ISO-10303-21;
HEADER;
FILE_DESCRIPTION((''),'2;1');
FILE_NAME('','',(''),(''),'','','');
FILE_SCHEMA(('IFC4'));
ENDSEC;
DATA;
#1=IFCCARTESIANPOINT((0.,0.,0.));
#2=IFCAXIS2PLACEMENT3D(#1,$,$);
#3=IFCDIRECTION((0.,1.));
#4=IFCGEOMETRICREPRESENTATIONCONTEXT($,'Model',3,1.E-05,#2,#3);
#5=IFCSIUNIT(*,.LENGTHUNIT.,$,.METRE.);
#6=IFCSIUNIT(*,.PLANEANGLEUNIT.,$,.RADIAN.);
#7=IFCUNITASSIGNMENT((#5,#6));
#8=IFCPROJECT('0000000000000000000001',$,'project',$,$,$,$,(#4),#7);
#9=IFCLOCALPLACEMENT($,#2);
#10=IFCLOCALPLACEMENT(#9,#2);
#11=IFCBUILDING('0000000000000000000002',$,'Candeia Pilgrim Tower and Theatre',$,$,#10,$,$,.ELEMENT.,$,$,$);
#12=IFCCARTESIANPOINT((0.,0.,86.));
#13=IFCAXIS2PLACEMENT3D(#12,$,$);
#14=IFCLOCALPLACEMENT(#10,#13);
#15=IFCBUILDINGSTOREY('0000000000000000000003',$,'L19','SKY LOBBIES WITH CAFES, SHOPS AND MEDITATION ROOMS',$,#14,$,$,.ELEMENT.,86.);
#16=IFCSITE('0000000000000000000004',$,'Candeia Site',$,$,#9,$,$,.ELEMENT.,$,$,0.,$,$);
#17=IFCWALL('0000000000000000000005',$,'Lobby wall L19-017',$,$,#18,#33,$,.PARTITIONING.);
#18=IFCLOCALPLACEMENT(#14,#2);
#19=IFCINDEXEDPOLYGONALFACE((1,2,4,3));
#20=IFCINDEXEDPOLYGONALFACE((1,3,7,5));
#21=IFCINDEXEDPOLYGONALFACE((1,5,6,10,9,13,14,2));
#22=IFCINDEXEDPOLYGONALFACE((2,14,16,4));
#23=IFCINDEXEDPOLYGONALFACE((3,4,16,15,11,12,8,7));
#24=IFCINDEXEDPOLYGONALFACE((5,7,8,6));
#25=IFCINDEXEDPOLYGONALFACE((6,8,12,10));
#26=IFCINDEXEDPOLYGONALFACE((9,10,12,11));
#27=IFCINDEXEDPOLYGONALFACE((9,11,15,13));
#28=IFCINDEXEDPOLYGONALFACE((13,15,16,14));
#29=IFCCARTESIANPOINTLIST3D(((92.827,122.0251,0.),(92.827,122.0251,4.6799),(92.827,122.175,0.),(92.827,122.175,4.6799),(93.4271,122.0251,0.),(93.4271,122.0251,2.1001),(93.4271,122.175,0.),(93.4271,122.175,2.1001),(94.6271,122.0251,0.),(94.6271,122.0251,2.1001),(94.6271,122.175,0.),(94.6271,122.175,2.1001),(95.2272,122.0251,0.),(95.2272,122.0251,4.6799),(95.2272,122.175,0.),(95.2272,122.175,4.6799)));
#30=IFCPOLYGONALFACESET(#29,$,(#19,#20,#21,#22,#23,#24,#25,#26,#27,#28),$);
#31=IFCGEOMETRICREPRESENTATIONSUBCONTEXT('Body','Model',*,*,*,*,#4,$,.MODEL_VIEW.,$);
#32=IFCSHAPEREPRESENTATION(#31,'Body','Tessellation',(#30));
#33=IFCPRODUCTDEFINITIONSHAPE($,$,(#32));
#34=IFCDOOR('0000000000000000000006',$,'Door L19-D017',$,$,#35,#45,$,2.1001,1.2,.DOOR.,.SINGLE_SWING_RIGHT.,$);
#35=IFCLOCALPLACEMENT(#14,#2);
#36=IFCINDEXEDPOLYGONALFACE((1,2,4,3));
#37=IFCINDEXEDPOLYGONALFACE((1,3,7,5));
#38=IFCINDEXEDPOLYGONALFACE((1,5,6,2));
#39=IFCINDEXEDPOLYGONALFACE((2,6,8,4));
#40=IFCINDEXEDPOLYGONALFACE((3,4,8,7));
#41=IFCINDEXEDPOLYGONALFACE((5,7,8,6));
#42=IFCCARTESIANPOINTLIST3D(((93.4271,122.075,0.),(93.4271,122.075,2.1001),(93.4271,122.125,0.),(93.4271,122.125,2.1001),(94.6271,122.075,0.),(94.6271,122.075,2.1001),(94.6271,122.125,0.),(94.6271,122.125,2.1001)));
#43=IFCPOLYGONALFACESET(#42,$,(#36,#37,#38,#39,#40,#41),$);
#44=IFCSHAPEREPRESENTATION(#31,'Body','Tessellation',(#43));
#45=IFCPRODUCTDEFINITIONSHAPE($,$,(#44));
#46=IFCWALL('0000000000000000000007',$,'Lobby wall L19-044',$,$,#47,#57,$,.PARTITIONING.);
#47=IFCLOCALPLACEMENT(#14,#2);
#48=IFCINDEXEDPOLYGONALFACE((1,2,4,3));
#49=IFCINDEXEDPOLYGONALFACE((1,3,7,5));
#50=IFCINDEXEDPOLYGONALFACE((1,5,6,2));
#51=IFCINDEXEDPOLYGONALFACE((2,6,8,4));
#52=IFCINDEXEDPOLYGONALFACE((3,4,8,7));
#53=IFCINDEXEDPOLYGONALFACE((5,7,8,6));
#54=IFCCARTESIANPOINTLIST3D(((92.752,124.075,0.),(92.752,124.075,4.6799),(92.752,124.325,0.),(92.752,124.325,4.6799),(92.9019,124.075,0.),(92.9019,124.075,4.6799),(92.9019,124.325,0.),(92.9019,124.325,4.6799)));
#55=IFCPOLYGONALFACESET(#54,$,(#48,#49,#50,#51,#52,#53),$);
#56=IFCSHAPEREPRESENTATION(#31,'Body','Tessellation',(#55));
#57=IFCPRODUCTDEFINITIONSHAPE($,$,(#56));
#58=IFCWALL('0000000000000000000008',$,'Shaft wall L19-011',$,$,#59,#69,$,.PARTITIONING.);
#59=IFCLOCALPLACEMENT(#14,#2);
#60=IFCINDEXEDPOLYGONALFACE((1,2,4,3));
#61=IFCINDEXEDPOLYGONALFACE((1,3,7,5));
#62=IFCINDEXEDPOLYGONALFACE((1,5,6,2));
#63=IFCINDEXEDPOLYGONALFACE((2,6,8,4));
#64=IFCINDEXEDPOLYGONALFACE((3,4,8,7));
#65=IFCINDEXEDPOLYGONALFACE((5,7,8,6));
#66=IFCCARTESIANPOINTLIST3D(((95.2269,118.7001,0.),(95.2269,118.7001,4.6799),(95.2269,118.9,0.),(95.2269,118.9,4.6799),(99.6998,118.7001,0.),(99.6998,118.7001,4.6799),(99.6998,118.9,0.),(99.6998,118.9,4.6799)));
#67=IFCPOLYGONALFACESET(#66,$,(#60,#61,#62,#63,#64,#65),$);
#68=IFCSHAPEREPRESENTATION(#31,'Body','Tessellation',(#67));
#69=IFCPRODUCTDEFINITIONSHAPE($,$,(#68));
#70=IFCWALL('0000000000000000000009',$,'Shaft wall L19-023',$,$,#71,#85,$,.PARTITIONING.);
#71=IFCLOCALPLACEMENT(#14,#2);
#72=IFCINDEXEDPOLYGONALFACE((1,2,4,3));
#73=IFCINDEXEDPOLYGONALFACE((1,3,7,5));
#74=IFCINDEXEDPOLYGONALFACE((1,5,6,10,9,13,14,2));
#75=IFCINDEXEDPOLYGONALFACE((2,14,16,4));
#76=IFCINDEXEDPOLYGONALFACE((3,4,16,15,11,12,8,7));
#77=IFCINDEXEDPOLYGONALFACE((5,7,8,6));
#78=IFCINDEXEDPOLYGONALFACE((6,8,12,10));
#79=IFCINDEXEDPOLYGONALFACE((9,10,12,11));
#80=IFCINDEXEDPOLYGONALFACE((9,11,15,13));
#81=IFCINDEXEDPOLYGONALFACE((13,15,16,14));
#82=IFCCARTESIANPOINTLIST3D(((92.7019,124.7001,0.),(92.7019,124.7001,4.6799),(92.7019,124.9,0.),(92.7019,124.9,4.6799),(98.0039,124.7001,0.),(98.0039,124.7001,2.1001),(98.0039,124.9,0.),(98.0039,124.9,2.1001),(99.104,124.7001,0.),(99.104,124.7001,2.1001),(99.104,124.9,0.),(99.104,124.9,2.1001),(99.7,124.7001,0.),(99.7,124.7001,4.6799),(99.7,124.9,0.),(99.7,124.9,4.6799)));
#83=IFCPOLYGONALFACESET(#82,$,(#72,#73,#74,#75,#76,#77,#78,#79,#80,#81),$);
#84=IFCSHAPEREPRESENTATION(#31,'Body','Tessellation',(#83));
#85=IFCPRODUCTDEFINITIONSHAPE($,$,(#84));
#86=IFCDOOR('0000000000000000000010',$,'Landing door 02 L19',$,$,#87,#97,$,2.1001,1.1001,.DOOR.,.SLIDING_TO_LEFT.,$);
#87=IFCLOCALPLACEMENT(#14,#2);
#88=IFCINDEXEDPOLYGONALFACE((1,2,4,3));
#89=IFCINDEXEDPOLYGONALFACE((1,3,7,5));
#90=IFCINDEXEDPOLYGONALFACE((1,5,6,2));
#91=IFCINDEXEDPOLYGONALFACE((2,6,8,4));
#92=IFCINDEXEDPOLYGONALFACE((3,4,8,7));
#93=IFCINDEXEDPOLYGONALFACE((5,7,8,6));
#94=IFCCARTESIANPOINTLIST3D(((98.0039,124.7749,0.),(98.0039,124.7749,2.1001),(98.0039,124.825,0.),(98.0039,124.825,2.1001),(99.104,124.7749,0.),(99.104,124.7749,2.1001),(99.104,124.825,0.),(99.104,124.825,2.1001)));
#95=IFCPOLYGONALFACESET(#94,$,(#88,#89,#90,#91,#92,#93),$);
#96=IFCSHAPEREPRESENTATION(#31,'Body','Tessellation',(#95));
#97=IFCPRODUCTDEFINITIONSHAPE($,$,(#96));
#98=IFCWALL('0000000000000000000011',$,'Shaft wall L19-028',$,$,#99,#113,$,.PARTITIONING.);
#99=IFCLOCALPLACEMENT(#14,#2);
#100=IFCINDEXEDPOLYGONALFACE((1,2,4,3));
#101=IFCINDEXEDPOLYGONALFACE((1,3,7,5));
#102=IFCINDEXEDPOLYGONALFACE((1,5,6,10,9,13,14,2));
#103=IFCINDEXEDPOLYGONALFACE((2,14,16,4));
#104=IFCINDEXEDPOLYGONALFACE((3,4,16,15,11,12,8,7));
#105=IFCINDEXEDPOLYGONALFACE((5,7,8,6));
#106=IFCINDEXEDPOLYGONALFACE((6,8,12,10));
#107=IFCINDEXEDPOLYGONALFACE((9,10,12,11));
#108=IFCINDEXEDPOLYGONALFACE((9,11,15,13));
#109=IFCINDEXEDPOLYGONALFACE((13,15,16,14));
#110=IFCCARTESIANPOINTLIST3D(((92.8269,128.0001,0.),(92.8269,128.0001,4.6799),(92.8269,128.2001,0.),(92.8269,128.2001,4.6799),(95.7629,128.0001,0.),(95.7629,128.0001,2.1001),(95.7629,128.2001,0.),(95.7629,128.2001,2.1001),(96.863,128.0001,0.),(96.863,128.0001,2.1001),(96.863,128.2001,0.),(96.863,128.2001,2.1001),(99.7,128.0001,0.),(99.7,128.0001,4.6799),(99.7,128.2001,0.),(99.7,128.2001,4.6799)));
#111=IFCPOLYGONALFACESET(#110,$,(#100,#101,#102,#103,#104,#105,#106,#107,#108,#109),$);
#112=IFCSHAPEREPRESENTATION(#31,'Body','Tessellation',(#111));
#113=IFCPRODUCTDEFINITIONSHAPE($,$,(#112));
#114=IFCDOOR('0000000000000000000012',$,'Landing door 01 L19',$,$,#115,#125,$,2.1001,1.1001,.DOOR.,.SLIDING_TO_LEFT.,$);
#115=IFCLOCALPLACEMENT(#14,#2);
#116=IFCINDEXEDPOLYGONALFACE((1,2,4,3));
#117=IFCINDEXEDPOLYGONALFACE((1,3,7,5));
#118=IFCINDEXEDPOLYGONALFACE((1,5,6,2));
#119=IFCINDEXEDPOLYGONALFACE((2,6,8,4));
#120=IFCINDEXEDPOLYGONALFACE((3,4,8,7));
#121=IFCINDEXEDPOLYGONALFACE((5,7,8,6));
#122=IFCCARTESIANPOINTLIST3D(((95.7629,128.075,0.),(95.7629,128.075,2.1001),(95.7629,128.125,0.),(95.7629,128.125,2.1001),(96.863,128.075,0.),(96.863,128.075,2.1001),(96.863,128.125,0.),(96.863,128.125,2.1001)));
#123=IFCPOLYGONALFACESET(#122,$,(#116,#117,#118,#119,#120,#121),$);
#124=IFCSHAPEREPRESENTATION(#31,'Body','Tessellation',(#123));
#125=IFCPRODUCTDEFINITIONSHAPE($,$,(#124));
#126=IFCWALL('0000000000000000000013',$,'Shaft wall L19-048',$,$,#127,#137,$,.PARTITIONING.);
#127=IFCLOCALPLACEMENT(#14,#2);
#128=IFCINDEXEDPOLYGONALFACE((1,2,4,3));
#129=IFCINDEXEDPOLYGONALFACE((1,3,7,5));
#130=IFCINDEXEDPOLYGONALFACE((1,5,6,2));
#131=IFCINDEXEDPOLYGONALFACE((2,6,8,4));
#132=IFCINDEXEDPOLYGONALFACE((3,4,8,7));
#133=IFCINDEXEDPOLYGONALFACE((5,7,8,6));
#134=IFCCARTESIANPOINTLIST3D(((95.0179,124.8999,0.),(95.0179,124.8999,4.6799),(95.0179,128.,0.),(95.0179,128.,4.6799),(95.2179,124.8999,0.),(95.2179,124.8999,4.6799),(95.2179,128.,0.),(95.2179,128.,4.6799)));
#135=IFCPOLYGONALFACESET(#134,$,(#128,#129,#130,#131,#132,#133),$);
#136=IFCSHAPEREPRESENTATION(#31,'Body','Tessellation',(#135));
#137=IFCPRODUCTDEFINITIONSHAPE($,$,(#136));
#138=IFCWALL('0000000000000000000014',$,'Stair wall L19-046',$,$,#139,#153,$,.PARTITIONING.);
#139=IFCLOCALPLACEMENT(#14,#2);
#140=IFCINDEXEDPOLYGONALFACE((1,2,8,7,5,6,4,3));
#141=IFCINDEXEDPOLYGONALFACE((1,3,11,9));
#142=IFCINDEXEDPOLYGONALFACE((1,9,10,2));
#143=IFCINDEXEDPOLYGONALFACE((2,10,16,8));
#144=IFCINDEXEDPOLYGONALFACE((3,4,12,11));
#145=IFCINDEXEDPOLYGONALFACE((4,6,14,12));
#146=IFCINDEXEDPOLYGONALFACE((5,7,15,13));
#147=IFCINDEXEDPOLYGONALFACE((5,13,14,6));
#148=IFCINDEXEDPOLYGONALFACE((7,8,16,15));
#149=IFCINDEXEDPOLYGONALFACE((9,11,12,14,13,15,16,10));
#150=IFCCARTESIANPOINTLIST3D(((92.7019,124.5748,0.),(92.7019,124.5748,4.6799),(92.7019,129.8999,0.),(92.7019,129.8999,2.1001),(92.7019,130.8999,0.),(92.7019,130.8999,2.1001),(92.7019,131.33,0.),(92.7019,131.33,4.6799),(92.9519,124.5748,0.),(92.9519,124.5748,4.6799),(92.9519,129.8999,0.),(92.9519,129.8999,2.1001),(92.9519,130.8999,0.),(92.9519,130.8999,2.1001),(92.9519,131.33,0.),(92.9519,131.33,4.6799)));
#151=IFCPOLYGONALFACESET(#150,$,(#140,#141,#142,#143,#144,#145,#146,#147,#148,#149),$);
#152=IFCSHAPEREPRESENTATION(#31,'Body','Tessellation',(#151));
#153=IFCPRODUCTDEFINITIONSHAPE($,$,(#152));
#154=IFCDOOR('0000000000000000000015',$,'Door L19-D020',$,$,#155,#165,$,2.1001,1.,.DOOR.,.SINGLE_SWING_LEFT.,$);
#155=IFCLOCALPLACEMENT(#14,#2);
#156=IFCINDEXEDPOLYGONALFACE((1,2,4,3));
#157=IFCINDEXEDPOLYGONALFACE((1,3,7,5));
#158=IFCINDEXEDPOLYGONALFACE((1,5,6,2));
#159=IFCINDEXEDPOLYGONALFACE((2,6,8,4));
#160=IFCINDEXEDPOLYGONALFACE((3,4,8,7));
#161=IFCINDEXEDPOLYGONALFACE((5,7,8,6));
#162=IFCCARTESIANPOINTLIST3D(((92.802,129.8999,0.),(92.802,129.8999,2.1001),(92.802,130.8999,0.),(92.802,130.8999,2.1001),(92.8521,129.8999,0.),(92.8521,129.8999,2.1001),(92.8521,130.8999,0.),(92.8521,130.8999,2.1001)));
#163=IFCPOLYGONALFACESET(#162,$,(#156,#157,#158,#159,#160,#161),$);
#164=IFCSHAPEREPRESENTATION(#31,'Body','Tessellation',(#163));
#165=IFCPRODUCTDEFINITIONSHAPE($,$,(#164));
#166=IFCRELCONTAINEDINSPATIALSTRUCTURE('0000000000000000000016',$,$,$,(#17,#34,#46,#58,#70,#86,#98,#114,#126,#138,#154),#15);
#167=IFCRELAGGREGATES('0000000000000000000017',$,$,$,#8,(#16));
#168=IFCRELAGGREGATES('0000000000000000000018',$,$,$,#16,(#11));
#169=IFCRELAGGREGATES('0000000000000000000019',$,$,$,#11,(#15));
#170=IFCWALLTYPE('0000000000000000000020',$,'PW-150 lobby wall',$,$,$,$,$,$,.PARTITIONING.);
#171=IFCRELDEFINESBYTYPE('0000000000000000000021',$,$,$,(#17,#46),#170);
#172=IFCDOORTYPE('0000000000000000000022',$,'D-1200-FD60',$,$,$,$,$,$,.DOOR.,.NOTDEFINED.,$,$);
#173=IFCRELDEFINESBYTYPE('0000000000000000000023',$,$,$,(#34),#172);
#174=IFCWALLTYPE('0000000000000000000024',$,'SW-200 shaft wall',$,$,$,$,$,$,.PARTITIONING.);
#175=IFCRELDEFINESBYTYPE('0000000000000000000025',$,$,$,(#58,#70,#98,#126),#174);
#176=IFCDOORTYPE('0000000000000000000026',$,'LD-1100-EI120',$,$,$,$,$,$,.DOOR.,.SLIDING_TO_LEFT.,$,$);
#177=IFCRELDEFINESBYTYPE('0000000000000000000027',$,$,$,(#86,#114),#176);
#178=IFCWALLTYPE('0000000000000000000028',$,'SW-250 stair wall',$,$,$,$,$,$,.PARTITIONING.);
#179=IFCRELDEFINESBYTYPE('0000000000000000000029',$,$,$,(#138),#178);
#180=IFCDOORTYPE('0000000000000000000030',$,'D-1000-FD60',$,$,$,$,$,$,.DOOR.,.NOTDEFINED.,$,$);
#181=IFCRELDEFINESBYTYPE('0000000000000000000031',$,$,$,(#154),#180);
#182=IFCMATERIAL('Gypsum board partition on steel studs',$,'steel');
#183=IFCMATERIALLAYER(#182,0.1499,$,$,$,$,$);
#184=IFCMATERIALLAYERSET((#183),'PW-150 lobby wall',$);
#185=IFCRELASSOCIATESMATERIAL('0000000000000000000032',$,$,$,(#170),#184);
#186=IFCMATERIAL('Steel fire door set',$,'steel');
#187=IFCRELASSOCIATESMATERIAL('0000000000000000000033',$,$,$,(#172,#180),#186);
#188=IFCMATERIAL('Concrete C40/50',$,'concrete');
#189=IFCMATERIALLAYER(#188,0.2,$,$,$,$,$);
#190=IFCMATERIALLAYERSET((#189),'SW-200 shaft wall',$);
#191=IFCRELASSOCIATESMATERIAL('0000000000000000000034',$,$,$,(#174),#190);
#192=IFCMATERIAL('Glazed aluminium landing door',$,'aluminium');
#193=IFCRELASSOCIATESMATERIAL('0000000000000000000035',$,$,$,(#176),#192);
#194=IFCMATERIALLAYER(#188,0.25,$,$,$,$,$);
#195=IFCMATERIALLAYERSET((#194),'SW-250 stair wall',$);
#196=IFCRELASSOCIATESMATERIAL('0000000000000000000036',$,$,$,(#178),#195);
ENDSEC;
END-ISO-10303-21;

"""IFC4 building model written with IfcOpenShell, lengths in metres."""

from ifc_helpers import new_model, si_unit, direction, frame, frame_2d, origin, place, context, subcontext, project, spatial, rectangle, extrude, material, layer, layer_set, type_object, element, fill, save


model = new_model("IFC4")

# Units and contexts
model_context = context("Model", 3, precision=1e-05, world=origin(), true_north=direction((0.0, 1.0)))
body_context = subcontext(model_context, "Body", "Model", "MODEL_VIEW")
ifc_project = project(units=[si_unit("LENGTHUNIT", "METRE"), si_unit("PLANEANGLEUNIT", "RADIAN")], contexts=[model_context])

# Site, building, storey
site_placement = place(None, origin())
site = spatial("IfcSite", under=ifc_project, at=site_placement, Name="Candeia Site", CompositionType="ELEMENT", RefElevation=0.0)
building_placement = place(site_placement, origin())
building = spatial("IfcBuilding", under=site, at=building_placement, Name="Candeia Pilgrim Tower and Theatre", CompositionType="ELEMENT")
storey_placement = place(building_placement, frame((0.0, 0.0, 86.0)))
storey = spatial("IfcBuildingStorey", under=building, at=storey_placement, Name="L19", Description="SKY LOBBIES WITH CAFES, SHOPS AND MEDITATION ROOMS", CompositionType="ELEMENT", Elevation=86.0)

# Wall, opening, door
ifc_material_1 = material(Name="Gypsum board partition on steel studs", Category="steel")
ifc_layer_1 = layer(ifc_material_1, 0.1499)
ifc_layer_set_1 = layer_set([ifc_layer_1], Name="PW-150 lobby wall")
wall_type_1 = type_object("IfcWallType", Name="PW-150 lobby wall", PredefinedType="PARTITIONING", material=ifc_layer_set_1)
wall_1_placement = place(storey_placement, frame((92.8269, 122.1001, 0.0), z_axis=(0.0, 0.0, 1.0), x_axis=(1.0, 0.0, 0.0)))
wall_1 = element("IfcWall", 1, at=wall_1_placement, inside=storey, type_object=wall_type_1, Name="Lobby wall L19-017", PredefinedType="PARTITIONING", context=body_context, shape_type="SweptSolid", body=[
    extrude(rectangle(XDim=2.4001, YDim=0.1499, at=frame_2d((1.2002, 0.0))), origin(), (0.0, 0.0, 1.0), 4.6799),
])
opening_1_placement = place(wall_1_placement, frame((0.6001, 0.0, 0.0)))
opening_1 = element("IfcOpeningElement", 2, at=opening_1_placement, cuts=wall_1, PredefinedType="OPENING", context=body_context, shape_type="SweptSolid", body=[
    extrude(rectangle(XDim=1.2, YDim=2.1001, at=frame_2d((0.6001, 1.05))), frame((0.0, 0.085, 0.0), z_axis=(0.0, -1.0, 0.0), x_axis=(1.0, 0.0, 0.0)), (0.0, 0.0, 1.0), 0.1699),
])
ifc_material_2 = material(Name="Steel fire door set", Category="steel")
door_type_1 = type_object("IfcDoorType", Name="D-1200-FD60", OperationType="NOTDEFINED", PredefinedType="DOOR", material=ifc_material_2)
door_1_placement = place(opening_1_placement, origin())
door_1 = element("IfcDoor", 3, at=door_1_placement, inside=storey, type_object=door_type_1, Name="Door L19-D017", OperationType="SINGLE_SWING_RIGHT", OverallHeight=2.1001, OverallWidth=1.2, PredefinedType="DOOR", context=body_context, shape_type="SweptSolid", body=[
    extrude(rectangle(XDim=1.2, YDim=2.1001, at=frame_2d((0.6001, 1.05))), frame((0.0, 0.0249, 0.0), z_axis=(0.0, -1.0, 0.0), x_axis=(1.0, 0.0, 0.0)), (0.0, 0.0, 1.0), 0.05),
])
fill(opening_1, door_1)

# Walls
wall_2_placement = place(storey_placement, frame((92.8269, 124.075, 0.0), z_axis=(0.0, 0.0, 1.0), x_axis=(0.0, 1.0, 0.0)))
element("IfcWall", 4, at=wall_2_placement, inside=storey, type_object=wall_type_1, Name="Lobby wall L19-044", PredefinedType="PARTITIONING", context=body_context, shape_type="SweptSolid", body=[
    extrude(rectangle(XDim=0.25, YDim=0.1499, at=frame_2d((0.125, 0.0))), origin(), (0.0, 0.0, 1.0), 4.6799),
])
ifc_material_3 = material(Name="Concrete C40/50", Category="concrete")
ifc_layer_2 = layer(ifc_material_3, 0.2)
ifc_layer_set_2 = layer_set([ifc_layer_2], Name="SW-200 shaft wall")
wall_type_2 = type_object("IfcWallType", Name="SW-200 shaft wall", PredefinedType="PARTITIONING", material=ifc_layer_set_2)
wall_3_placement = place(storey_placement, frame((95.2271, 118.8, 0.0), z_axis=(0.0, 0.0, 1.0), x_axis=(1.0, 0.0, 0.0)))
element("IfcWall", 5, at=wall_3_placement, inside=storey, type_object=wall_type_2, Name="Shaft wall L19-011", PredefinedType="PARTITIONING", context=body_context, shape_type="SweptSolid", body=[
    extrude(rectangle(XDim=4.4729, YDim=0.2, at=frame_2d((2.2363, 0.0))), origin(), (0.0, 0.0, 1.0), 4.6799),
])

# Walls, openings, doors
wall_4_placement = place(storey_placement, frame((92.7019, 124.8, 0.0), z_axis=(0.0, 0.0, 1.0), x_axis=(1.0, 0.0, 0.0)))
wall_4 = element("IfcWall", 6, at=wall_4_placement, inside=storey, type_object=wall_type_2, Name="Shaft wall L19-023", PredefinedType="PARTITIONING", context=body_context, shape_type="SweptSolid", body=[
    extrude(rectangle(XDim=6.998, YDim=0.2, at=frame_2d((3.499, 0.0))), origin(), (0.0, 0.0, 1.0), 4.6799),
])
opening_2_placement = place(wall_4_placement, frame((5.302, 0.0, 0.0)))
opening_2 = element("IfcOpeningElement", 7, at=opening_2_placement, cuts=wall_4, PredefinedType="OPENING", context=body_context, shape_type="SweptSolid", body=[
    extrude(rectangle(XDim=1.1001, YDim=2.1001, at=frame_2d((0.55, 1.05))), frame((0.0, 0.1099, 0.0), z_axis=(0.0, -1.0, 0.0), x_axis=(1.0, 0.0, 0.0)), (0.0, 0.0, 1.0), 0.22),
])
ifc_material_4 = material(Name="Glazed aluminium landing door", Category="aluminium")
door_type_2 = type_object("IfcDoorType", Name="LD-1100-EI120", OperationType="SLIDING_TO_LEFT", PredefinedType="DOOR", material=ifc_material_4)
door_2_placement = place(opening_2_placement, origin())
door_2 = element("IfcDoor", 8, at=door_2_placement, inside=storey, type_object=door_type_2, Name="Landing door 02 L19", OperationType="SLIDING_TO_LEFT", OverallHeight=2.1001, OverallWidth=1.1001, PredefinedType="DOOR", context=body_context, shape_type="SweptSolid", body=[
    extrude(rectangle(XDim=1.1001, YDim=2.1001, at=frame_2d((0.55, 1.05))), frame((0.0, 0.0249, 0.0), z_axis=(0.0, -1.0, 0.0), x_axis=(1.0, 0.0, 0.0)), (0.0, 0.0, 1.0), 0.05),
])
fill(opening_2, door_2)
wall_5_placement = place(storey_placement, frame((92.8269, 128.1001, 0.0), z_axis=(0.0, 0.0, 1.0), x_axis=(1.0, 0.0, 0.0)))
wall_5 = element("IfcWall", 9, at=wall_5_placement, inside=storey, type_object=wall_type_2, Name="Shaft wall L19-028", PredefinedType="PARTITIONING", context=body_context, shape_type="SweptSolid", body=[
    extrude(rectangle(XDim=6.873, YDim=0.2, at=frame_2d((3.4365, 0.0))), origin(), (0.0, 0.0, 1.0), 4.6799),
])
opening_3_placement = place(wall_5_placement, frame((2.936, 0.0, 0.0)))
opening_3 = element("IfcOpeningElement", 10, at=opening_3_placement, cuts=wall_5, PredefinedType="OPENING", context=body_context, shape_type="SweptSolid", body=[
    extrude(rectangle(XDim=1.1001, YDim=2.1001, at=frame_2d((0.55, 1.05))), frame((0.0, 0.1099, 0.0), z_axis=(0.0, -1.0, 0.0), x_axis=(1.0, 0.0, 0.0)), (0.0, 0.0, 1.0), 0.22),
])
door_3_placement = place(opening_3_placement, origin())
door_3 = element("IfcDoor", 11, at=door_3_placement, inside=storey, type_object=door_type_2, Name="Landing door 01 L19", OperationType="SLIDING_TO_LEFT", OverallHeight=2.1001, OverallWidth=1.1001, PredefinedType="DOOR", context=body_context, shape_type="SweptSolid", body=[
    extrude(rectangle(XDim=1.1001, YDim=2.1001, at=frame_2d((0.55, 1.05))), frame((0.0, 0.0249, 0.0), z_axis=(0.0, -1.0, 0.0), x_axis=(1.0, 0.0, 0.0)), (0.0, 0.0, 1.0), 0.05),
])
fill(opening_3, door_3)

# Wall
wall_6_placement = place(storey_placement, frame((95.1179, 124.8999, 0.0), z_axis=(0.0, 0.0, 1.0), x_axis=(0.0, 1.0, 0.0)))
element("IfcWall", 12, at=wall_6_placement, inside=storey, type_object=wall_type_2, Name="Shaft wall L19-048", PredefinedType="PARTITIONING", context=body_context, shape_type="SweptSolid", body=[
    extrude(rectangle(XDim=3.1001, YDim=0.2, at=frame_2d((1.55, 0.0))), origin(), (0.0, 0.0, 1.0), 4.6799),
])

# Wall, opening, door
ifc_layer_3 = layer(ifc_material_3, 0.25)
ifc_layer_set_3 = layer_set([ifc_layer_3], Name="SW-250 stair wall")
wall_type_3 = type_object("IfcWallType", Name="SW-250 stair wall", PredefinedType="PARTITIONING", material=ifc_layer_set_3)
wall_7_placement = place(storey_placement, frame((92.8269, 124.575, 0.0), z_axis=(0.0, 0.0, 1.0), x_axis=(0.0, 1.0, 0.0)))
wall_7 = element("IfcWall", 13, at=wall_7_placement, inside=storey, type_object=wall_type_3, Name="Stair wall L19-046", PredefinedType="PARTITIONING", context=body_context, shape_type="SweptSolid", body=[
    extrude(rectangle(XDim=6.7551, YDim=0.25, at=frame_2d((3.3774, 0.0))), origin(), (0.0, 0.0, 1.0), 4.6799),
])
opening_4_placement = place(wall_7_placement, frame((5.325, 0.0, 0.0)))
opening_4 = element("IfcOpeningElement", 14, at=opening_4_placement, cuts=wall_7, PredefinedType="OPENING", context=body_context, shape_type="SweptSolid", body=[
    extrude(rectangle(XDim=1.0, YDim=2.1001, at=frame_2d((0.5, 1.05))), frame((0.0, 0.135, 0.0), z_axis=(0.0, -1.0, 0.0), x_axis=(1.0, 0.0, 0.0)), (0.0, 0.0, 1.0), 0.27),
])
door_type_3 = type_object("IfcDoorType", Name="D-1000-FD60", OperationType="NOTDEFINED", PredefinedType="DOOR", material=ifc_material_2)
door_4_placement = place(opening_4_placement, origin())
door_4 = element("IfcDoor", 15, at=door_4_placement, inside=storey, type_object=door_type_3, Name="Door L19-D020", OperationType="SINGLE_SWING_LEFT", OverallHeight=2.1001, OverallWidth=1.0, PredefinedType="DOOR", context=body_context, shape_type="SweptSolid", body=[
    extrude(rectangle(XDim=1.0, YDim=2.1001, at=frame_2d((0.5, 1.05))), frame((0.0, 0.0249, 0.0), z_axis=(0.0, -1.0, 0.0), x_axis=(1.0, 0.0, 0.0)), (0.0, 0.0, 1.0), 0.05),
])
fill(opening_4, door_4)

save(model, "model.ifc")
